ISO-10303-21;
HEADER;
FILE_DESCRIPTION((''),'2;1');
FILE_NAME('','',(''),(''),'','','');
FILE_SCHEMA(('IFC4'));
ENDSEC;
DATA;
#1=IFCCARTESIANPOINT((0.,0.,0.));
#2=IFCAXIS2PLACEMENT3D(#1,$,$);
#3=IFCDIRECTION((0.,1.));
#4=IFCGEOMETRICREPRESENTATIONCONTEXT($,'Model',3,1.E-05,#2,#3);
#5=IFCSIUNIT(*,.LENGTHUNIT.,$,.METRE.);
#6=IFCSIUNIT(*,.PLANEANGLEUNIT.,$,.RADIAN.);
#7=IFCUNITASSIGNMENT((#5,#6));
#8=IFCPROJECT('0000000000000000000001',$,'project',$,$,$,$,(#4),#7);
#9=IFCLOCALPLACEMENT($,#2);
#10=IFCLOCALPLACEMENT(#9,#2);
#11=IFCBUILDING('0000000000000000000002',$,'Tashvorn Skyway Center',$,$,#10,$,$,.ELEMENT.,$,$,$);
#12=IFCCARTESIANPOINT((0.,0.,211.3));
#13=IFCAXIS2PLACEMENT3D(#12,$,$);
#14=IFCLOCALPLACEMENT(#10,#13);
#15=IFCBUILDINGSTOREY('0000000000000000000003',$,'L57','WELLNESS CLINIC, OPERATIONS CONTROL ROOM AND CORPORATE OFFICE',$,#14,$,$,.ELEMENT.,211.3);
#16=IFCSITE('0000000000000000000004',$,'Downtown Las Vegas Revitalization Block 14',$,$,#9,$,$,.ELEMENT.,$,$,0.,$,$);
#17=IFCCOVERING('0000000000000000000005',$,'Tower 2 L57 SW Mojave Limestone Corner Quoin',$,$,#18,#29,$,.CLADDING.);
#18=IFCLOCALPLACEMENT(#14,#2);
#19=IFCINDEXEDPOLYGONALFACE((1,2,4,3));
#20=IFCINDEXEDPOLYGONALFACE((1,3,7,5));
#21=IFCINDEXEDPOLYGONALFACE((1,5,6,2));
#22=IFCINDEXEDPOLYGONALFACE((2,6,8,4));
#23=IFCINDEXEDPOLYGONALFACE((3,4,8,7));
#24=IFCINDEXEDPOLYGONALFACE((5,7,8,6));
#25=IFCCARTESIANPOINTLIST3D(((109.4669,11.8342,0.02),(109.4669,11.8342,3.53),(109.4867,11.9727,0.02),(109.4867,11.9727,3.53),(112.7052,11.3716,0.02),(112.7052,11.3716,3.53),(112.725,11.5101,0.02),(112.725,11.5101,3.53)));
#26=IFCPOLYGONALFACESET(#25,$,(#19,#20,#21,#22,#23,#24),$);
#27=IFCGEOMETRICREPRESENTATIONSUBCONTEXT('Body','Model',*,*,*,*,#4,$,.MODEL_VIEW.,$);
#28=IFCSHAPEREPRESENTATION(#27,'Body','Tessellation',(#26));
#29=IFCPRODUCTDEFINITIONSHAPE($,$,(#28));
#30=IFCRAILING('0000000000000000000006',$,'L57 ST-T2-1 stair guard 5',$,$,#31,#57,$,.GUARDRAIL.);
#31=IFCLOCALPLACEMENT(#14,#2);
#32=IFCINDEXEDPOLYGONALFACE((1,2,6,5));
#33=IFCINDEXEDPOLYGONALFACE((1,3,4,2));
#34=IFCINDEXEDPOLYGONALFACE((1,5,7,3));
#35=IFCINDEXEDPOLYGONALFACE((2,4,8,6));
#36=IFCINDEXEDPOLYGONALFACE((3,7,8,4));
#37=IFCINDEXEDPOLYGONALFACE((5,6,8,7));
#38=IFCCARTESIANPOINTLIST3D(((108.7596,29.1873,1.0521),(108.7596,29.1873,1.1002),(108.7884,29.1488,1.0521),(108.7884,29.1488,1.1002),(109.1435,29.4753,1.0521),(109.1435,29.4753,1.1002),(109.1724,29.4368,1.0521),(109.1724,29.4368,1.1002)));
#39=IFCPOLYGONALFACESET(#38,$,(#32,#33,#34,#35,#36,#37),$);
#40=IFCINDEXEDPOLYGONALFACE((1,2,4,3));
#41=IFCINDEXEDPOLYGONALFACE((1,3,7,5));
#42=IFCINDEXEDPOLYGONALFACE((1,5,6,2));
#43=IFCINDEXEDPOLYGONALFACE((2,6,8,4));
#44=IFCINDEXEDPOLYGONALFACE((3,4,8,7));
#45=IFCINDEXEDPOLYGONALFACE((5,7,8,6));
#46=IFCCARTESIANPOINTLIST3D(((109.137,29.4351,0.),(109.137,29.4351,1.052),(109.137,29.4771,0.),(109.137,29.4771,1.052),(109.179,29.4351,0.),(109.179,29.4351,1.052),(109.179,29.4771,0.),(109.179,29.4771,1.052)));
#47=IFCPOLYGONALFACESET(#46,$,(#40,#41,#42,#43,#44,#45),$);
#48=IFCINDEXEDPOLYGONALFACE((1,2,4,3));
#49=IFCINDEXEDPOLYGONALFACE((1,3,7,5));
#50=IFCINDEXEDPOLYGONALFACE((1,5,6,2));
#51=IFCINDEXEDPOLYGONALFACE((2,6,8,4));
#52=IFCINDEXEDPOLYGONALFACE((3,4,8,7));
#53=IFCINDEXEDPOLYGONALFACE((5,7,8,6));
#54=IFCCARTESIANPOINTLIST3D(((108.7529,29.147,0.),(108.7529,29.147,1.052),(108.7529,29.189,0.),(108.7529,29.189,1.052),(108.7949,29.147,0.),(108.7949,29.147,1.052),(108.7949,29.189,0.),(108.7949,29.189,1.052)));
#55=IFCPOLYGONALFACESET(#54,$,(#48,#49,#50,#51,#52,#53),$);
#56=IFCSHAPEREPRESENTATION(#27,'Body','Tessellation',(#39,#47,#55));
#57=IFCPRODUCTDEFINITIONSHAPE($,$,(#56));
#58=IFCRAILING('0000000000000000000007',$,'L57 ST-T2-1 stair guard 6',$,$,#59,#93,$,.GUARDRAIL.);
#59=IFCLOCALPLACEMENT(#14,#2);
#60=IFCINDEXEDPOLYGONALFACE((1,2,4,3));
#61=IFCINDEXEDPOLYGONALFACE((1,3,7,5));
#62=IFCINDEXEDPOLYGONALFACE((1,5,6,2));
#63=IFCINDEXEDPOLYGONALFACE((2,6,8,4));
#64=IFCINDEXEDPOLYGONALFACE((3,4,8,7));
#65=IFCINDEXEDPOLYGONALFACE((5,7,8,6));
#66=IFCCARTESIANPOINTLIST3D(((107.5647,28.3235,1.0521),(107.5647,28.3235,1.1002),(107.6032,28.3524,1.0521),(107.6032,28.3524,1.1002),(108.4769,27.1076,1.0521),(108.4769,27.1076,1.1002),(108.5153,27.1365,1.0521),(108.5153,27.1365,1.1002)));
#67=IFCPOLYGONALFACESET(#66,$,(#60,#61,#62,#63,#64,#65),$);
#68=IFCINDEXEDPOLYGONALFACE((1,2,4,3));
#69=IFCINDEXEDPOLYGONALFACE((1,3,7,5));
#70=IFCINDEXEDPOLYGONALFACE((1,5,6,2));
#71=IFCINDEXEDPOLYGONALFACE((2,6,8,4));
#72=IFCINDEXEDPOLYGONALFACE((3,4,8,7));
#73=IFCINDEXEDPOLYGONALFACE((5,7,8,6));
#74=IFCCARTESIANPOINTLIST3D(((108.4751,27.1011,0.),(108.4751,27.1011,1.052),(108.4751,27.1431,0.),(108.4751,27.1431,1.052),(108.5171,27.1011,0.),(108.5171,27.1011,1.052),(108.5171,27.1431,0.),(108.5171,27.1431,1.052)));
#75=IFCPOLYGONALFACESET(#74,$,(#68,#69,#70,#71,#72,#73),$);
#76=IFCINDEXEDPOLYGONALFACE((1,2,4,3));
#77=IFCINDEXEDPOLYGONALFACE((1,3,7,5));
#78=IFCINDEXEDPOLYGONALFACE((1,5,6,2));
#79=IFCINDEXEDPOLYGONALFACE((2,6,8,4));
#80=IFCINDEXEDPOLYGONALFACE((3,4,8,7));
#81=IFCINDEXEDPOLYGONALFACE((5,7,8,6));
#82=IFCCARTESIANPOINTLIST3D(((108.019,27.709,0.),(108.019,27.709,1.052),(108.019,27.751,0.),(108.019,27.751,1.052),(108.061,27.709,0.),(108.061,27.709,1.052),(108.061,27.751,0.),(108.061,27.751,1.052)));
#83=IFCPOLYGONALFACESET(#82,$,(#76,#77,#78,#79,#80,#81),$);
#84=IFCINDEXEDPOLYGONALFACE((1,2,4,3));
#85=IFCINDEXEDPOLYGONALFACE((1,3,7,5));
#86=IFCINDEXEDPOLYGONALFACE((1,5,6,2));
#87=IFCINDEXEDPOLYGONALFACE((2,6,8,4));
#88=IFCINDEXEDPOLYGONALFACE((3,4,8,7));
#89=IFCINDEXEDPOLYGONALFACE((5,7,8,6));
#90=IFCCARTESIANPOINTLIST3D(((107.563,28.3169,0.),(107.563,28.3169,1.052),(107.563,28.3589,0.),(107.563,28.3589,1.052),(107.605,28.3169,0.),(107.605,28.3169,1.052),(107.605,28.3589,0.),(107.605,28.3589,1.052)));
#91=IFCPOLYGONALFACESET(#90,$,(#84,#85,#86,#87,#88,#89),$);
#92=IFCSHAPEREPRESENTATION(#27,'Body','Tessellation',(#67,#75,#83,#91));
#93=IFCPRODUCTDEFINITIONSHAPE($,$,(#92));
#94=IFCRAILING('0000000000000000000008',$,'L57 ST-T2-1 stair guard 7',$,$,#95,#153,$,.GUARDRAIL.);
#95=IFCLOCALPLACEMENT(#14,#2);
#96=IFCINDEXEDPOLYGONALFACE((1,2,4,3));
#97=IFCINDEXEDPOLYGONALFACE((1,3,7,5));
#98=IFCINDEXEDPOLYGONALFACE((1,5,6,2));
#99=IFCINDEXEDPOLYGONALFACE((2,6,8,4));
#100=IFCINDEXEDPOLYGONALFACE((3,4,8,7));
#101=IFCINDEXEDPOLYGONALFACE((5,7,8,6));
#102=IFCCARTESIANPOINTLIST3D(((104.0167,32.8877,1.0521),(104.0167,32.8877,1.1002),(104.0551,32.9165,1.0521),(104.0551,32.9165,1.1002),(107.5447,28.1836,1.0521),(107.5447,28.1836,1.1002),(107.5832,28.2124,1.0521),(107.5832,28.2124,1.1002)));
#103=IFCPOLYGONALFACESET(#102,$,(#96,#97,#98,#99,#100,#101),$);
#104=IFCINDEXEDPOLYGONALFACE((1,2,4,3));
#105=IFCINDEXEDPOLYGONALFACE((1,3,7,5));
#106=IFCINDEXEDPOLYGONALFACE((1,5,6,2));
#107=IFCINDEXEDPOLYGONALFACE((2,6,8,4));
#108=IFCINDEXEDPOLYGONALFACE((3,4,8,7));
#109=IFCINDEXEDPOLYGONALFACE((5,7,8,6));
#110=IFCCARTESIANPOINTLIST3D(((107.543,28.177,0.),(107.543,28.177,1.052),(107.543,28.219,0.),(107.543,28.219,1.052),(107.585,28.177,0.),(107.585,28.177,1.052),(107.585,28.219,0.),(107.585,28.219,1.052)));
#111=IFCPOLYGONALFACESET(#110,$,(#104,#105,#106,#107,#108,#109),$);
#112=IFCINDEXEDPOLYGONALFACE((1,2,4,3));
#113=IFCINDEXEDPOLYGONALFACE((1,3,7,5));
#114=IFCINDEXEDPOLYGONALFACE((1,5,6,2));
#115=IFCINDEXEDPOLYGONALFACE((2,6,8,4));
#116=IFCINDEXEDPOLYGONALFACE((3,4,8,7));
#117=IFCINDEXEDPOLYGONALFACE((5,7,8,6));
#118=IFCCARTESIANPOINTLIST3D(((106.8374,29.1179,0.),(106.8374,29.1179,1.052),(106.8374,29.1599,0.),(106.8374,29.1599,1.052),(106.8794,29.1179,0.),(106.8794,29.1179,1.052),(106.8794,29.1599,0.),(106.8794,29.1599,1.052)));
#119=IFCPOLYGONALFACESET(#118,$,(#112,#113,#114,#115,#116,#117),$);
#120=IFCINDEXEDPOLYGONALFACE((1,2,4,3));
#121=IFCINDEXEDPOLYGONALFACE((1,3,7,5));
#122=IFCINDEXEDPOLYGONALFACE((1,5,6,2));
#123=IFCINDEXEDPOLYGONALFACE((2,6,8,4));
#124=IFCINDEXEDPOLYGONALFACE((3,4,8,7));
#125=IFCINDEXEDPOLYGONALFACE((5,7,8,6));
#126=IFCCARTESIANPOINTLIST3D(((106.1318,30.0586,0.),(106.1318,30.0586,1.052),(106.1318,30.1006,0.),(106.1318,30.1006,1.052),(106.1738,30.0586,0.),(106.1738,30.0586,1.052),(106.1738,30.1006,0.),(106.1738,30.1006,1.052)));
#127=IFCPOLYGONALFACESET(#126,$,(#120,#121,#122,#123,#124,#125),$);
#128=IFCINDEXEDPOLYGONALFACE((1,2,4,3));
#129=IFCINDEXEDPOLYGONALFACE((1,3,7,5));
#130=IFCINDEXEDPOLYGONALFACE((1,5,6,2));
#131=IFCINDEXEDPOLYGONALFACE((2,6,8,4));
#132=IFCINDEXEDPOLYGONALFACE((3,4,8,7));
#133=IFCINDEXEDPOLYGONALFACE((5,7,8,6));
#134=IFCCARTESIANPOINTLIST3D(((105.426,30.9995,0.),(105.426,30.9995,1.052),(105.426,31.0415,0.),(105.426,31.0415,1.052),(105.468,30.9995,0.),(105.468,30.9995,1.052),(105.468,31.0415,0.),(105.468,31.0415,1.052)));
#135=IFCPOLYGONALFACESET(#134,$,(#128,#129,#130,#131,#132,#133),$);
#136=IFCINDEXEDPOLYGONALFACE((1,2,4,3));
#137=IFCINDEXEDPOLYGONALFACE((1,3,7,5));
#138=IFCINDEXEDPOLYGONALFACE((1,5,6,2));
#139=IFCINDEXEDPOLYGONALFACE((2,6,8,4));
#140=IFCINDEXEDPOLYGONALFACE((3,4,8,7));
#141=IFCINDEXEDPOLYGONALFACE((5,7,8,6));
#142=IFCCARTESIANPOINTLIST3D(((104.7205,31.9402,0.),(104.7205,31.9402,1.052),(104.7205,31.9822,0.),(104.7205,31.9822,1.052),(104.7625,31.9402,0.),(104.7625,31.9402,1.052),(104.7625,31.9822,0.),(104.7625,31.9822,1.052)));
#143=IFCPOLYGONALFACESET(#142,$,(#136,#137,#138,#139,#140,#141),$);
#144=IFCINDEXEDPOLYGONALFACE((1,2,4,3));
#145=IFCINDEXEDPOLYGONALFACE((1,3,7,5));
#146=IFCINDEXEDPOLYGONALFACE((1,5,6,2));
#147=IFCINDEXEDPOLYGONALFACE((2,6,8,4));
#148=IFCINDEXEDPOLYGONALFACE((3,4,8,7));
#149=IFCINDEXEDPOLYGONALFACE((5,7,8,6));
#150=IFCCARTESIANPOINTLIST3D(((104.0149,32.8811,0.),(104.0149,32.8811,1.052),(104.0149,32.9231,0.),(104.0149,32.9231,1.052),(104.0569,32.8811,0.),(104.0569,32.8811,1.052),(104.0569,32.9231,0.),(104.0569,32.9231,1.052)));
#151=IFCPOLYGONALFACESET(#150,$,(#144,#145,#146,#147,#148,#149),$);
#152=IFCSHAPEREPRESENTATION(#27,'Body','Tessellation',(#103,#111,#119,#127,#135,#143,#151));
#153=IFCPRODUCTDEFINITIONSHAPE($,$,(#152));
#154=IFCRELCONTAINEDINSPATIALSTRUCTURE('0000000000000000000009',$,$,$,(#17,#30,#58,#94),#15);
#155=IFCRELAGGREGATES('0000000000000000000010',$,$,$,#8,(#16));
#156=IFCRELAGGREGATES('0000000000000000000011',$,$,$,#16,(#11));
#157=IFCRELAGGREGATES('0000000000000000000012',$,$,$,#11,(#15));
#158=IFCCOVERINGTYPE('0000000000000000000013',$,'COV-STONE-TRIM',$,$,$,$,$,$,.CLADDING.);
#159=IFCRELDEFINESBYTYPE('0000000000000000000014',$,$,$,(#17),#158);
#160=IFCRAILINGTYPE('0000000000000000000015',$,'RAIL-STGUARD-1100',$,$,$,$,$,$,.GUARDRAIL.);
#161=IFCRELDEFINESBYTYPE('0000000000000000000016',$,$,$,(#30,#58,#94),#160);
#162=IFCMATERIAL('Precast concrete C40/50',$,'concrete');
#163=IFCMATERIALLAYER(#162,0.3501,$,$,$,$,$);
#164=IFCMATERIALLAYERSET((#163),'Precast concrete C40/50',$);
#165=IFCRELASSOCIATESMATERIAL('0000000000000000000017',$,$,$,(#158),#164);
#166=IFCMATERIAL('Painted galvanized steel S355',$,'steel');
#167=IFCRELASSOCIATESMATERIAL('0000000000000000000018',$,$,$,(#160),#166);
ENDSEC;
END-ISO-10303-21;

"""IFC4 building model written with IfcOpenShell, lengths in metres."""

from ifc_helpers import new_model, si_unit, direction, frame, origin, origin_2d, place, context, subcontext, project, spatial, rectangle, extrude, material, layer, layer_set, type_object, element, save


model = new_model("IFC4")

# Units and contexts
model_context = context("Model", 3, precision=1e-05, world=origin(), true_north=direction((0.0, 1.0)))
body_context = subcontext(model_context, "Body", "Model", "MODEL_VIEW")
ifc_project = project(units=[si_unit("LENGTHUNIT", "METRE"), si_unit("PLANEANGLEUNIT", "RADIAN")], contexts=[model_context])

# Site, building, storey
site_placement = place(None, origin())
site = spatial("IfcSite", under=ifc_project, at=site_placement, Name="Downtown Las Vegas Revitalization Block 14", CompositionType="ELEMENT", RefElevation=0.0)
building_placement = place(site_placement, origin())
building = spatial("IfcBuilding", under=site, at=building_placement, Name="Tashvorn Skyway Center", CompositionType="ELEMENT")
storey_placement = place(building_placement, frame((0.0, 0.0, 211.3)))
storey = spatial("IfcBuildingStorey", under=building, at=storey_placement, Name="L57", Description="WELLNESS CLINIC, OPERATIONS CONTROL ROOM AND CORPORATE OFFICE", CompositionType="ELEMENT", Elevation=211.3)

# Shared definitions
ifc_material_1 = material(Name="Precast concrete C40/50", Category="concrete")

# Covering
ifc_layer_1 = layer(ifc_material_1, 0.3501)
ifc_layer_set_1 = layer_set([ifc_layer_1], Name="Precast concrete C40/50")
covering_type = type_object("IfcCoveringType", Name="COV-STONE-TRIM", PredefinedType="CLADDING", material=ifc_layer_set_1)
covering_placement = place(storey_placement, frame((111.0959, 11.6721, 0.02), z_axis=(0.0, 0.0, 1.0), x_axis=(-0.989949, 0.141421, 0.0)))
element("IfcCovering", 1, at=covering_placement, inside=storey, type_object=covering_type, Name="Tower 2 L57 SW Mojave Limestone Corner Quoin", PredefinedType="CLADDING", context=body_context, shape_type="SweptSolid", body=[
    extrude(rectangle(XDim=3.2712, YDim=0.1399, at=origin_2d()), origin(), (0.0, 0.0, 1.0), 3.51),
])

# Railings
ifc_material_2 = material(Name="Painted galvanized steel S355", Category="steel")
railing_type = type_object("IfcRailingType", Name="RAIL-STGUARD-1100", PredefinedType="GUARDRAIL", material=ifc_material_2)
railing_1_placement = place(storey_placement, frame((109.158, 29.4561, 0.0)))
element("IfcRailing", 2, at=railing_1_placement, inside=storey, type_object=railing_type, Name="L57 ST-T2-1 stair guard 5", PredefinedType="GUARDRAIL", context=body_context, shape_type="SweptSolid", body=[
    extrude(rectangle(XDim=0.0481, YDim=0.0481, at=origin_2d()), frame((0.0, 0.0, 1.0762), z_axis=(-0.799939, -0.600081, 0.0), x_axis=(0.600081, -0.799939, 0.0)), (0.0, 0.0, 1.0), 0.48),
    extrude(rectangle(XDim=0.042, YDim=0.042, at=origin_2d()), origin(), (0.0, 0.0, 1.0), 1.052),
    extrude(rectangle(XDim=0.042, YDim=0.042, at=origin_2d()), frame((-0.384, -0.2881, 0.0)), (0.0, 0.0, 1.0), 1.052),
])
railing_2_placement = place(storey_placement, frame((108.4961, 27.1221, 0.0)))
element("IfcRailing", 3, at=railing_2_placement, inside=storey, type_object=railing_type, Name="L57 ST-T2-1 stair guard 6", PredefinedType="GUARDRAIL", context=body_context, shape_type="SweptSolid", body=[
    extrude(rectangle(XDim=0.0481, YDim=0.0481, at=origin_2d()), frame((0.0, 0.0, 1.0762), z_axis=(-0.600103, 0.799923, 0.0), x_axis=(-0.799923, -0.600103, 0.0)), (0.0, 0.0, 1.0), 1.52),
    extrude(rectangle(XDim=0.042, YDim=0.042, at=origin_2d()), origin(), (0.0, 0.0, 1.0), 1.052),
    extrude(rectangle(XDim=0.042, YDim=0.042, at=origin_2d()), frame((-0.4561, 0.6079, 0.0)), (0.0, 0.0, 1.0), 1.052),
    extrude(rectangle(XDim=0.042, YDim=0.042, at=origin_2d()), frame((-0.9121, 1.2158, 0.0)), (0.0, 0.0, 1.0), 1.052),
])
railing_3_placement = place(storey_placement, frame((107.564, 28.198, 0.0)))
element("IfcRailing", 4, at=railing_3_placement, inside=storey, type_object=railing_type, Name="L57 ST-T2-1 stair guard 7", PredefinedType="GUARDRAIL", context=body_context, shape_type="SweptSolid", body=[
    extrude(rectangle(XDim=0.0481, YDim=0.0481, at=origin_2d()), frame((0.0, 0.0, 1.0762), z_axis=(-0.6, 0.8, 0.0), x_axis=(-0.8, -0.6, 0.0)), (0.0, 0.0, 1.0), 5.8801),
    extrude(rectangle(XDim=0.042, YDim=0.042, at=origin_2d()), origin(), (0.0, 0.0, 1.0), 1.052),
    extrude(rectangle(XDim=0.042, YDim=0.042, at=origin_2d()), frame((-0.7056, 0.9409, 0.0)), (0.0, 0.0, 1.0), 1.052),
    extrude(rectangle(XDim=0.042, YDim=0.042, at=origin_2d()), frame((-1.4111, 1.8816, 0.0)), (0.0, 0.0, 1.0), 1.052),
    extrude(rectangle(XDim=0.042, YDim=0.042, at=origin_2d()), frame((-2.1169, 2.8225, 0.0)), (0.0, 0.0, 1.0), 1.052),
    extrude(rectangle(XDim=0.042, YDim=0.042, at=origin_2d()), frame((-2.8225, 3.7632, 0.0)), (0.0, 0.0, 1.0), 1.052),
    extrude(rectangle(XDim=0.042, YDim=0.042, at=origin_2d()), frame((-3.5281, 4.7041, 0.0)), (0.0, 0.0, 1.0), 1.052),
])

save(model, "model.ifc")
